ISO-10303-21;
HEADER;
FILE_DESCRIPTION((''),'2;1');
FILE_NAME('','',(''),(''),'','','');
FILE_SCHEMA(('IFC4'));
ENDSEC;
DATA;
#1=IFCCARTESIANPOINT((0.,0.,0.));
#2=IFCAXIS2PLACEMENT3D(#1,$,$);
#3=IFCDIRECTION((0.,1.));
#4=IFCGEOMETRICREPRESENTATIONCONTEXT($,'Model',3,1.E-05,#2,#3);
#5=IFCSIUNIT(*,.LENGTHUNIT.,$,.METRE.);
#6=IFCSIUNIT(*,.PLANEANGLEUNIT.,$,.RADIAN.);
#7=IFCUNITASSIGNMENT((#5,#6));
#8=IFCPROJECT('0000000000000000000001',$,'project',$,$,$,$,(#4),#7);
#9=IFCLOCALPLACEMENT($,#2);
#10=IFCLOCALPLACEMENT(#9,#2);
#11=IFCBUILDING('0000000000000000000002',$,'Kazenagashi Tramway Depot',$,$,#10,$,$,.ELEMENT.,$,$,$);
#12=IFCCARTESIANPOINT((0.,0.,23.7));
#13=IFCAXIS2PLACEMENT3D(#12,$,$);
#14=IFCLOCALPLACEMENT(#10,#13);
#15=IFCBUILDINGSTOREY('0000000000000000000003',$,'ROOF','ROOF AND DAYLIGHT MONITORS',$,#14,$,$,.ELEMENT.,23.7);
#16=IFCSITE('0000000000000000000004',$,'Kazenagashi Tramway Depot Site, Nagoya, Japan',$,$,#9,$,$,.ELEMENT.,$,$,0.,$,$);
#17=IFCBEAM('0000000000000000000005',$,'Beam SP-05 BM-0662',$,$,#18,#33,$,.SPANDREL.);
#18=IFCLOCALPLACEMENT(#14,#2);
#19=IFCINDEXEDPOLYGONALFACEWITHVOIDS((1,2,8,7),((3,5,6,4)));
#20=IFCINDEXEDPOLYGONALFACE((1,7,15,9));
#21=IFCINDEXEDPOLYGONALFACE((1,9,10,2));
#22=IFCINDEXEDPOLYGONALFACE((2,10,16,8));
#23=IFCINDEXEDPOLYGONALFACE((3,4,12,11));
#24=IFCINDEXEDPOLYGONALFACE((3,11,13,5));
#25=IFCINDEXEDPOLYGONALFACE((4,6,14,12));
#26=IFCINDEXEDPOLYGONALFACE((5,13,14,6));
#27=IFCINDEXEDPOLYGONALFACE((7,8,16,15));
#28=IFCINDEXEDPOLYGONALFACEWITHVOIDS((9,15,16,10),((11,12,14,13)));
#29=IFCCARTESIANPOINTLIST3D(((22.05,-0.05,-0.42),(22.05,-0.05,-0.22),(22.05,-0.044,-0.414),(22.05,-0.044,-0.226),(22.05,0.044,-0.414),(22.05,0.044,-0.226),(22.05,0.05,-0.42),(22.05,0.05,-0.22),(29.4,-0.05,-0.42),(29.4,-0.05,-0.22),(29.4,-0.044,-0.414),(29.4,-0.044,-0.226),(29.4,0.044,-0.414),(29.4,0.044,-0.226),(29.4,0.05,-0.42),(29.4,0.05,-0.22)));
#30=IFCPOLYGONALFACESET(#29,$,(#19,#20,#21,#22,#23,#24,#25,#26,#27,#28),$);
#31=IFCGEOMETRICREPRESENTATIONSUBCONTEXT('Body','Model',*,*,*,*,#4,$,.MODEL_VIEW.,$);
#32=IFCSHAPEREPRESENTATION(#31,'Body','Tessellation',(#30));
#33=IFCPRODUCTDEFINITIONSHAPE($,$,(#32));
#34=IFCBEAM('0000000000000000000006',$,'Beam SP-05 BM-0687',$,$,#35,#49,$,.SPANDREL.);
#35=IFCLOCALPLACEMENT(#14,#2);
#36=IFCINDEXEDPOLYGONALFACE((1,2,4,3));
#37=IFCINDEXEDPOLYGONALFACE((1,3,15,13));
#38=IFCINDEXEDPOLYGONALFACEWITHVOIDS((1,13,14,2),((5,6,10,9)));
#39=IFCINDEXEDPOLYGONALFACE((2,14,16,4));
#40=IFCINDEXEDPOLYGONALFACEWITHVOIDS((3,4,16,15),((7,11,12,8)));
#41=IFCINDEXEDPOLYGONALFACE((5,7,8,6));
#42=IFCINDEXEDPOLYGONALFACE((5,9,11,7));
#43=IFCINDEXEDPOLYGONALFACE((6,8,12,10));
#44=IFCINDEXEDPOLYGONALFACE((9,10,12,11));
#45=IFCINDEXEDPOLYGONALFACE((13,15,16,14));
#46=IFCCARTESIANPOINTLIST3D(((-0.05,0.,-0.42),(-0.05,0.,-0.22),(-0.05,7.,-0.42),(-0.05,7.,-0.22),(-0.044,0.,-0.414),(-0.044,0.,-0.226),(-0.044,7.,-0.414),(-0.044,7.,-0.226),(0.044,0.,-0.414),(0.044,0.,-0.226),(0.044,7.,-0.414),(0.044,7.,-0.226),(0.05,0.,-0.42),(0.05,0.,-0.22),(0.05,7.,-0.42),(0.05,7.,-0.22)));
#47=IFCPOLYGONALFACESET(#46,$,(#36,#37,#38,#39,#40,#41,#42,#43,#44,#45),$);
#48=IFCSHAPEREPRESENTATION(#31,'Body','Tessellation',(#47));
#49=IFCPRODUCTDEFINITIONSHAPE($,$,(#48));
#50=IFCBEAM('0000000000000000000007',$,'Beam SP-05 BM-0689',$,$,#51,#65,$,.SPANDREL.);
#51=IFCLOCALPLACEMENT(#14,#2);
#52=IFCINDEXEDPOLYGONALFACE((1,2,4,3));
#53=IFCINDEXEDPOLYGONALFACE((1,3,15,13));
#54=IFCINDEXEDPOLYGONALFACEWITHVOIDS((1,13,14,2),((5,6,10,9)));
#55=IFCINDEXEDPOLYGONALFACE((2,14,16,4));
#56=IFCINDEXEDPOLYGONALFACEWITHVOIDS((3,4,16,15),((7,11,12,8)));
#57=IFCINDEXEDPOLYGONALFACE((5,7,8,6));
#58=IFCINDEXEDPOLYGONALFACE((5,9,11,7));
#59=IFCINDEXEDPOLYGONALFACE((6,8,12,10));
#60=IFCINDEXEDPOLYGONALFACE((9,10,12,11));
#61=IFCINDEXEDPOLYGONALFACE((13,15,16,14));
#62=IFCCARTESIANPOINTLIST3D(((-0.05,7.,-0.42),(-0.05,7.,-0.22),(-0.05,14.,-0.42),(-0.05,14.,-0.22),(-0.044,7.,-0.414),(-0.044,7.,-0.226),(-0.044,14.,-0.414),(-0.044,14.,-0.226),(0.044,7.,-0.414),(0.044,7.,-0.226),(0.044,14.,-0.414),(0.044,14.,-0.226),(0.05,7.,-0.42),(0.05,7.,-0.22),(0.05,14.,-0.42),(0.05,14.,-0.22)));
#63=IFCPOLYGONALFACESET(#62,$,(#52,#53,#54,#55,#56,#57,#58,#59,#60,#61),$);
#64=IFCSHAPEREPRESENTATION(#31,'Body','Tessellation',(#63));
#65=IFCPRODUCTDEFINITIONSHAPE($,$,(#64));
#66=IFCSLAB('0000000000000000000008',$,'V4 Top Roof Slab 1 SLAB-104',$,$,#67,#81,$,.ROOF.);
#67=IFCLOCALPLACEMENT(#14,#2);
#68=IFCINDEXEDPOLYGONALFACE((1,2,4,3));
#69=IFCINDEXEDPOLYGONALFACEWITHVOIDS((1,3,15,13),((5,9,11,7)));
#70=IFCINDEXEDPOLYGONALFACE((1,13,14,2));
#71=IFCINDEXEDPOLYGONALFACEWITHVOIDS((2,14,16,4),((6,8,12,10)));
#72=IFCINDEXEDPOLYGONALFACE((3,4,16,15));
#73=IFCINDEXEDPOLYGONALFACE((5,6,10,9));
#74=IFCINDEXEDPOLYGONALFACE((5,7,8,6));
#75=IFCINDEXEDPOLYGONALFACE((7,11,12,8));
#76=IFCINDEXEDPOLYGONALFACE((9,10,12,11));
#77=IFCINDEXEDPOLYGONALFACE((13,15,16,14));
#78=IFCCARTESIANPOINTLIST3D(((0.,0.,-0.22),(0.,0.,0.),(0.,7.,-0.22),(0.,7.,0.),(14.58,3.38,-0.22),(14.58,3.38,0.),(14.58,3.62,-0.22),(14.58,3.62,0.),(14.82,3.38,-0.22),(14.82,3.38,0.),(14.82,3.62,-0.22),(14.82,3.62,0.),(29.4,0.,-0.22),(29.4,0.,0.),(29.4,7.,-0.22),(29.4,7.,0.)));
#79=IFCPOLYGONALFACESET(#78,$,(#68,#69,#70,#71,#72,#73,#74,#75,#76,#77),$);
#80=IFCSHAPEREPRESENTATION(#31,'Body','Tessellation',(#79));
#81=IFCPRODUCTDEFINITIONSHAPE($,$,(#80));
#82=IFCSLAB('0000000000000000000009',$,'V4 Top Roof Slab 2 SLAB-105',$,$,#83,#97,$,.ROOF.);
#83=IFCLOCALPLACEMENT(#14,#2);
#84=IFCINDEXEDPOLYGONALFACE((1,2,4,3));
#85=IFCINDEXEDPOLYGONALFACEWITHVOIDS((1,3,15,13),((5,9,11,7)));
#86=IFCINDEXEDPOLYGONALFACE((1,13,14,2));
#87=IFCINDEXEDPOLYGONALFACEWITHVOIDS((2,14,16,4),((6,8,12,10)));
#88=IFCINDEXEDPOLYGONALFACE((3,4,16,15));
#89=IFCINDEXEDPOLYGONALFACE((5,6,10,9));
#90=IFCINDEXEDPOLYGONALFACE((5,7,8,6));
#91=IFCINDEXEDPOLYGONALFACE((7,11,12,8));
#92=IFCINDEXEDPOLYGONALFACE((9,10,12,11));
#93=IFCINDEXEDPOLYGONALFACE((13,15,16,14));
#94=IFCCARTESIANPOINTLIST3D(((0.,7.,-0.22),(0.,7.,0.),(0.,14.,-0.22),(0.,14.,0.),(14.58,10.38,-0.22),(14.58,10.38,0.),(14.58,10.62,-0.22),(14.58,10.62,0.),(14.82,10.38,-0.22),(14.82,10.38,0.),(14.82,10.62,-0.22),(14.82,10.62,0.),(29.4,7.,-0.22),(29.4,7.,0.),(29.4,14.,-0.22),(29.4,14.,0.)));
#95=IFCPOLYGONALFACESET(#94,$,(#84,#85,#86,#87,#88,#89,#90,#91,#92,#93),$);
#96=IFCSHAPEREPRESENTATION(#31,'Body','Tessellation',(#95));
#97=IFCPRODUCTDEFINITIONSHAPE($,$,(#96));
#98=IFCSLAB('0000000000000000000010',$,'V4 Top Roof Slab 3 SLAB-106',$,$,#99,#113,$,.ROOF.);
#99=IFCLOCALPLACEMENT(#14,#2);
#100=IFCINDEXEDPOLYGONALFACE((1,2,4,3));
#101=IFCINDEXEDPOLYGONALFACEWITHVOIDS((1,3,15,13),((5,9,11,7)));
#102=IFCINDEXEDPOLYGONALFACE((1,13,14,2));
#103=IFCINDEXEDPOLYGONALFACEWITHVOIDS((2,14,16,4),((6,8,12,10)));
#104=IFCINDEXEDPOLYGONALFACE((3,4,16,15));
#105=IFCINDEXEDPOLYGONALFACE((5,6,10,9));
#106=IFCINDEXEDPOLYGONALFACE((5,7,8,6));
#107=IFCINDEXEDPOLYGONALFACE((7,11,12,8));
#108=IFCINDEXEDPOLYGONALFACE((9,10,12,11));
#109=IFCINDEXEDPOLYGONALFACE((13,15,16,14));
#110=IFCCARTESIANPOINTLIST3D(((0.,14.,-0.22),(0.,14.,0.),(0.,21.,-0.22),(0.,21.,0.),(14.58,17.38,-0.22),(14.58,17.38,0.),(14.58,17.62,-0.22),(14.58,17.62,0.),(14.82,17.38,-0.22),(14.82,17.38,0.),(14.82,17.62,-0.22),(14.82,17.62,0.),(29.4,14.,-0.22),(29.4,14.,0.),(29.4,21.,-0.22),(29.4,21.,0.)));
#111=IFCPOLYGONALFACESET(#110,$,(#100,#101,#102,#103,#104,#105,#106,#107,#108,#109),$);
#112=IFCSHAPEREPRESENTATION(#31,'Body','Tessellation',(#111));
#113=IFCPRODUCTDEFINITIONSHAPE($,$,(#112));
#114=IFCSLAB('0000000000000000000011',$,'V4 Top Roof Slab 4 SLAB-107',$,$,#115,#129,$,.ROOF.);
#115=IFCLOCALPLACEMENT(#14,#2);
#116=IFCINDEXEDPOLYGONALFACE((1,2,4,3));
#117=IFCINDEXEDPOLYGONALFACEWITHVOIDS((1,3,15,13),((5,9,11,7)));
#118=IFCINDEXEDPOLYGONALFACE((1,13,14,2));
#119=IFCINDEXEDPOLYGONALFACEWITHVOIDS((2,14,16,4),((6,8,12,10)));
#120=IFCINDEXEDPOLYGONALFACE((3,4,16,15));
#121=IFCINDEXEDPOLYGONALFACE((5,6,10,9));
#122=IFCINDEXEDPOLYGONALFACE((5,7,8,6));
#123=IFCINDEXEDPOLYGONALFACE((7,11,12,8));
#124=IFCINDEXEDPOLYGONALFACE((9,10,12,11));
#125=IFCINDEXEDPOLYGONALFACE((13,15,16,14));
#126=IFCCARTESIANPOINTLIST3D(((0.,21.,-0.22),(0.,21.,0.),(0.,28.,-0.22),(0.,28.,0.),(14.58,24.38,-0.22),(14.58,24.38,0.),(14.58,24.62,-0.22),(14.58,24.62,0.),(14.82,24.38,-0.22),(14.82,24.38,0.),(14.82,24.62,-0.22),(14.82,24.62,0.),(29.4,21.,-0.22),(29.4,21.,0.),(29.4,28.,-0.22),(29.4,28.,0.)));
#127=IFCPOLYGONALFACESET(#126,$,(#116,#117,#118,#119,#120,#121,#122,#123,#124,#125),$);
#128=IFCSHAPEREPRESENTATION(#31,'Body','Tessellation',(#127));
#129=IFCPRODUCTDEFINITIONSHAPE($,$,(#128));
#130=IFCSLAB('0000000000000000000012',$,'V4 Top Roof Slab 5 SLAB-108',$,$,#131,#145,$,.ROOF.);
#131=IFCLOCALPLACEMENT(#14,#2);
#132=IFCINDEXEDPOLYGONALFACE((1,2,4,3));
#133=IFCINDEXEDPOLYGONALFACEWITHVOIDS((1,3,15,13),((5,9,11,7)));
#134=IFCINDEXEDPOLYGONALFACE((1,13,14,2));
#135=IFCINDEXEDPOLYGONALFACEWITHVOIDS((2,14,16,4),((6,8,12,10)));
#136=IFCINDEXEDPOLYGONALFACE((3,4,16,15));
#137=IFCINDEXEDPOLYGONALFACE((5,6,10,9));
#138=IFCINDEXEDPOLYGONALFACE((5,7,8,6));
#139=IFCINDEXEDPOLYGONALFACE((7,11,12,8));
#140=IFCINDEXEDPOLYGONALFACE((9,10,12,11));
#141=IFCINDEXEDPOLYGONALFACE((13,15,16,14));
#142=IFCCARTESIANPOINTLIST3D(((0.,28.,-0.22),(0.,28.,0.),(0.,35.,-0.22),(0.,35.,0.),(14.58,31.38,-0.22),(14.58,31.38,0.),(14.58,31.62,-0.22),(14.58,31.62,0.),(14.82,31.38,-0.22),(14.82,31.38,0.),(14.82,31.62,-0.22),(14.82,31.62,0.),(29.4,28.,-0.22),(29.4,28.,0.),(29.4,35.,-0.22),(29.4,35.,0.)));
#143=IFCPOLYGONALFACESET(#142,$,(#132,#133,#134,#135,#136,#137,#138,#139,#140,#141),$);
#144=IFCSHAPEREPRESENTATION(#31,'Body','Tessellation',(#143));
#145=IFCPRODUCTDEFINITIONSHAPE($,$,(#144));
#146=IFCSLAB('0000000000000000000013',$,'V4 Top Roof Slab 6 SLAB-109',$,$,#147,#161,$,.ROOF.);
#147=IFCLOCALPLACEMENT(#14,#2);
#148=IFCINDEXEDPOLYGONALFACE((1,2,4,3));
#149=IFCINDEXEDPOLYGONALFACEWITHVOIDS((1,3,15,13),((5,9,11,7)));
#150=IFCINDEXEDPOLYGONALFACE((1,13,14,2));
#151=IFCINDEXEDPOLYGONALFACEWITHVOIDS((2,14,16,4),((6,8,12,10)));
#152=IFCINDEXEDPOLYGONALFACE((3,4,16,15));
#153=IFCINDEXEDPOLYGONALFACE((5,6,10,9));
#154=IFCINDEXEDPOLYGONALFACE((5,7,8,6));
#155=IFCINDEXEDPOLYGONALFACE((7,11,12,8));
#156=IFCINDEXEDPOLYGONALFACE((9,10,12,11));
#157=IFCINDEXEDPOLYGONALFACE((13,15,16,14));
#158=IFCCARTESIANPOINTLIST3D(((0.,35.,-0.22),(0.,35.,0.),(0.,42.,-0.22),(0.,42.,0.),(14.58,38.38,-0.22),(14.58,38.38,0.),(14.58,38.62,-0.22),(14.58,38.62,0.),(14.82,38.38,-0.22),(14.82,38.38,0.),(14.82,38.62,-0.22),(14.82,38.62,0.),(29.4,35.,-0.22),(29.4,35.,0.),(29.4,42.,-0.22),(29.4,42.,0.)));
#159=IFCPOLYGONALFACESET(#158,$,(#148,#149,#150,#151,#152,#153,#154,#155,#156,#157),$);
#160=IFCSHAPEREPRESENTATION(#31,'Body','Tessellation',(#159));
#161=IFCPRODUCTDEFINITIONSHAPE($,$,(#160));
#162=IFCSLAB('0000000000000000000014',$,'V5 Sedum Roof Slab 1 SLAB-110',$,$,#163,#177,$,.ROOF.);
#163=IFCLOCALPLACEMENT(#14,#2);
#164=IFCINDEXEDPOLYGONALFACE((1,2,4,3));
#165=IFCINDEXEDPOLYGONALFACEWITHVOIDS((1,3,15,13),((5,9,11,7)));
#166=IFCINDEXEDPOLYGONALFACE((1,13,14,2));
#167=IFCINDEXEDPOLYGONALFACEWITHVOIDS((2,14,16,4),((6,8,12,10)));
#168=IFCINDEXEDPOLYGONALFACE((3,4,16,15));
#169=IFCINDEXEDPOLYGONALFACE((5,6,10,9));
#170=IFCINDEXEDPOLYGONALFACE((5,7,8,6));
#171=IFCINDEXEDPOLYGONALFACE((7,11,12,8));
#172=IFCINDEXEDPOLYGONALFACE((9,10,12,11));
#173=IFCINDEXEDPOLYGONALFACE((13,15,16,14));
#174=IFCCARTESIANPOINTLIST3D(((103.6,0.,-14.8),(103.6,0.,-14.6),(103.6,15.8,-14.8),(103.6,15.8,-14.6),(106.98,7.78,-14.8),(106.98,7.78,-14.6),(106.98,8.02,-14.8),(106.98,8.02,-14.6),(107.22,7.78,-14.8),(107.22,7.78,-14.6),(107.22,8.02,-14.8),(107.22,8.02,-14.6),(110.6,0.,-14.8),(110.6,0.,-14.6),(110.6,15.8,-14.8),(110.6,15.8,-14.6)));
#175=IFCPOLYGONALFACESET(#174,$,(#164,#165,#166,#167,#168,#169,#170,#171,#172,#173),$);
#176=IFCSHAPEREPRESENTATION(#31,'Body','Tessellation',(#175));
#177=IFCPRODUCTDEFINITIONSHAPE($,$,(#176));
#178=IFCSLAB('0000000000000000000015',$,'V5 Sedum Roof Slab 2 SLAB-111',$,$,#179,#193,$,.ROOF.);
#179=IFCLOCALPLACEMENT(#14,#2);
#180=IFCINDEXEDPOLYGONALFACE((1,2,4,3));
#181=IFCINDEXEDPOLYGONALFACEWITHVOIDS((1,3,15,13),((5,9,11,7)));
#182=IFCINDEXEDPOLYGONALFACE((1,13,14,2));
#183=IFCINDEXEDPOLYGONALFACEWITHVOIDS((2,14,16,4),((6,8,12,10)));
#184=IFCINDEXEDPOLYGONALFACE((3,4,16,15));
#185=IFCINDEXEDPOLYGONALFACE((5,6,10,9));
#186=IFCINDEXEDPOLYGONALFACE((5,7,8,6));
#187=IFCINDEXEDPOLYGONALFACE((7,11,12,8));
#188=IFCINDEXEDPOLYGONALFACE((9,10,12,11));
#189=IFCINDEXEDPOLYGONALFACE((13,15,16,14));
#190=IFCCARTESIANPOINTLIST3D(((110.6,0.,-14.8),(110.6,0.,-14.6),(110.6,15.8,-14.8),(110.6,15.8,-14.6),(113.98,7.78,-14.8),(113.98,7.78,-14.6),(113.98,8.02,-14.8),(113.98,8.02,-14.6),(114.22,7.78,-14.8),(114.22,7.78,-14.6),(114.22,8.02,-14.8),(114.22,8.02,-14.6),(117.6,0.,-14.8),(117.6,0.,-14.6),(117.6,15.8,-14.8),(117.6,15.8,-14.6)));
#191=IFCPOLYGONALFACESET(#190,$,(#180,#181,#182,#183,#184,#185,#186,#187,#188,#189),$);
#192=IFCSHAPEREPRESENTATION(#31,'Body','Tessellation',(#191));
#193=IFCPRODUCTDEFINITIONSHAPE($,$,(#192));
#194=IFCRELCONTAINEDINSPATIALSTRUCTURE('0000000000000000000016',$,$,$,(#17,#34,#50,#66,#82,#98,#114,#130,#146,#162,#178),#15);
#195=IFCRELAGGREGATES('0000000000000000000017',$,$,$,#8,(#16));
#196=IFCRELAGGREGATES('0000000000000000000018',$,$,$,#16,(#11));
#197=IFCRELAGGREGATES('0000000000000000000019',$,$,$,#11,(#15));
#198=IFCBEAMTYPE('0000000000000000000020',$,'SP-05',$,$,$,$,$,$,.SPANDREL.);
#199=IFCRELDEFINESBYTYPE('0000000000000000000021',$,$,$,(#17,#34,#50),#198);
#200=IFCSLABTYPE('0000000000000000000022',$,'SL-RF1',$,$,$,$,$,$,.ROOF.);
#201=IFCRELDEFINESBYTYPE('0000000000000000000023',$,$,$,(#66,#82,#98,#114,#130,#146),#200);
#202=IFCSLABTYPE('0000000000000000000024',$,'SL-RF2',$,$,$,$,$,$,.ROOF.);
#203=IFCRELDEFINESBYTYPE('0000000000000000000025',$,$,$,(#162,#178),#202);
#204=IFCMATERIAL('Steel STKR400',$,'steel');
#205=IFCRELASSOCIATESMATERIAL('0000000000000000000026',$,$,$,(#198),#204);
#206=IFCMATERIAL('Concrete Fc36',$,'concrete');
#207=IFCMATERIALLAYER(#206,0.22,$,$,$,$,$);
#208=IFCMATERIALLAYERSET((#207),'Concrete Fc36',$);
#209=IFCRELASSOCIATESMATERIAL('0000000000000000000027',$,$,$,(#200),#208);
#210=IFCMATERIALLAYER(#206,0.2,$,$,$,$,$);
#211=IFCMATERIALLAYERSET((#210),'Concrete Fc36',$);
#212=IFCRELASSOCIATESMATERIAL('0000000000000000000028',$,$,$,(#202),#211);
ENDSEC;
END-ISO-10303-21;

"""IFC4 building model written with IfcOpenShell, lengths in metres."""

from ifc_helpers import new_model, si_unit, direction, frame, origin, origin_2d, place, context, subcontext, project, spatial, polyline, hollow_rectangle, outline, extrude, material, layer, layer_set, material_profile, profile_set, type_object, element, save


model = new_model("IFC4")

# Units and contexts
model_context = context("Model", 3, precision=1e-05, world=origin(), true_north=direction((0.0, 1.0)))
body_context = subcontext(model_context, "Body", "Model", "MODEL_VIEW")
ifc_project = project(units=[si_unit("LENGTHUNIT", "METRE"), si_unit("PLANEANGLEUNIT", "RADIAN")], contexts=[model_context])

# Site, building, storey
site_placement = place(None, origin())
site = spatial("IfcSite", under=ifc_project, at=site_placement, Name="Kazenagashi Tramway Depot Site, Nagoya, Japan", CompositionType="ELEMENT", RefElevation=0.0)
building_placement = place(site_placement, origin())
building = spatial("IfcBuilding", under=site, at=building_placement, Name="Kazenagashi Tramway Depot", CompositionType="ELEMENT")
storey_placement = place(building_placement, frame((0.0, 0.0, 23.7)))
storey = spatial("IfcBuildingStorey", under=building, at=storey_placement, Name="ROOF", Description="ROOF AND DAYLIGHT MONITORS", CompositionType="ELEMENT", Elevation=23.7)

# Beams
ifc_material_1 = material(Name="Steel STKR400", Category="steel")
ifc_material_profile_1 = material_profile(ifc_material_1, hollow_rectangle(XDim=0.1, YDim=0.2, WallThickness=0.006, at=origin_2d()), Name="RHS-200x100x6")
ifc_profile_set_1 = profile_set([ifc_material_profile_1], Name="Steel STKR400")
beam_type_1 = type_object("IfcBeamType", Name="SP-05", PredefinedType="SPANDREL", material=ifc_profile_set_1)
for number, where, z_axis, x_axis, name in (
    (1, (22.05, 0.0, -0.32), (1.0, 0.0, 0.0), (0.0, 1.0, 0.0), "Beam SP-05 BM-0662"),
):
    element("IfcBeam", number, at=place(storey_placement, frame(where, z_axis=z_axis, x_axis=x_axis)), inside=storey, type_object=beam_type_1, Name=name, PredefinedType="SPANDREL", context=body_context, shape_type="SweptSolid", body=[
        extrude(hollow_rectangle(XDim=0.1, YDim=0.2, WallThickness=0.006, at=origin_2d()), origin(), (0.0, 0.0, 1.0), 7.35),
    ])
for number, where, z_axis, x_axis, name in (
    (2, (0.0, 0.0, -0.32), (0.0, 1.0, 0.0), (-1.0, 0.0, 0.0), "Beam SP-05 BM-0687"),
    (3, (0.0, 7.0, -0.32), (0.0, 1.0, 0.0), (-1.0, 0.0, 0.0), "Beam SP-05 BM-0689"),
):
    element("IfcBeam", number, at=place(storey_placement, frame(where, z_axis=z_axis, x_axis=x_axis)), inside=storey, type_object=beam_type_1, Name=name, PredefinedType="SPANDREL", context=body_context, shape_type="SweptSolid", body=[
        extrude(hollow_rectangle(XDim=0.1, YDim=0.2, WallThickness=0.006, at=origin_2d()), origin(), (0.0, 0.0, 1.0), 7.0),
    ])

# Slabs
ifc_material_2 = material(Name="Concrete Fc36", Category="concrete")
ifc_layer_1 = layer(ifc_material_2, 0.22)
ifc_layer_set_1 = layer_set([ifc_layer_1], Name="Concrete Fc36")
slab_type_1 = type_object("IfcSlabType", Name="SL-RF1", PredefinedType="ROOF", material=ifc_layer_set_1)
slab_1_placement = place(storey_placement, frame((0.0, 0.0, -0.22)))
element("IfcSlab", 4, at=slab_1_placement, inside=storey, type_object=slab_type_1, Name="V4 Top Roof Slab 1 SLAB-104", PredefinedType="ROOF", context=body_context, shape_type="SweptSolid", body=[
    extrude(outline(polyline([(0.0, 0.0), (29.4, 0.0), (29.4, 7.0), (0.0, 7.0), (0.0, 0.0)]), holes=[polyline([(14.58, 3.38), (14.82, 3.38), (14.82, 3.62), (14.58, 3.62), (14.58, 3.38)])]), origin(), (0.0, 0.0, 1.0), 0.22),
])
slab_2_placement = place(storey_placement, frame((0.0, 0.0, -0.22)))
element("IfcSlab", 5, at=slab_2_placement, inside=storey, type_object=slab_type_1, Name="V4 Top Roof Slab 2 SLAB-105", PredefinedType="ROOF", context=body_context, shape_type="SweptSolid", body=[
    extrude(outline(polyline([(0.0, 7.0), (29.4, 7.0), (29.4, 14.0), (0.0, 14.0), (0.0, 7.0)]), holes=[polyline([(14.58, 10.38), (14.82, 10.38), (14.82, 10.62), (14.58, 10.62), (14.58, 10.38)])]), origin(), (0.0, 0.0, 1.0), 0.22),
])
slab_3_placement = place(storey_placement, frame((0.0, 0.0, -0.22)))
element("IfcSlab", 6, at=slab_3_placement, inside=storey, type_object=slab_type_1, Name="V4 Top Roof Slab 3 SLAB-106", PredefinedType="ROOF", context=body_context, shape_type="SweptSolid", body=[
    extrude(outline(polyline([(0.0, 14.0), (29.4, 14.0), (29.4, 21.0), (0.0, 21.0), (0.0, 14.0)]), holes=[polyline([(14.58, 17.38), (14.82, 17.38), (14.82, 17.62), (14.58, 17.62), (14.58, 17.38)])]), origin(), (0.0, 0.0, 1.0), 0.22),
])
slab_4_placement = place(storey_placement, frame((0.0, 0.0, -0.22)))
element("IfcSlab", 7, at=slab_4_placement, inside=storey, type_object=slab_type_1, Name="V4 Top Roof Slab 4 SLAB-107", PredefinedType="ROOF", context=body_context, shape_type="SweptSolid", body=[
    extrude(outline(polyline([(0.0, 21.0), (29.4, 21.0), (29.4, 28.0), (0.0, 28.0), (0.0, 21.0)]), holes=[polyline([(14.58, 24.38), (14.82, 24.38), (14.82, 24.62), (14.58, 24.62), (14.58, 24.38)])]), origin(), (0.0, 0.0, 1.0), 0.22),
])
slab_5_placement = place(storey_placement, frame((0.0, 0.0, -0.22)))
element("IfcSlab", 8, at=slab_5_placement, inside=storey, type_object=slab_type_1, Name="V4 Top Roof Slab 5 SLAB-108", PredefinedType="ROOF", context=body_context, shape_type="SweptSolid", body=[
    extrude(outline(polyline([(0.0, 28.0), (29.4, 28.0), (29.4, 35.0), (0.0, 35.0), (0.0, 28.0)]), holes=[polyline([(14.58, 31.38), (14.82, 31.38), (14.82, 31.62), (14.58, 31.62), (14.58, 31.38)])]), origin(), (0.0, 0.0, 1.0), 0.22),
])
slab_6_placement = place(storey_placement, frame((0.0, 0.0, -0.22)))
element("IfcSlab", 9, at=slab_6_placement, inside=storey, type_object=slab_type_1, Name="V4 Top Roof Slab 6 SLAB-109", PredefinedType="ROOF", context=body_context, shape_type="SweptSolid", body=[
    extrude(outline(polyline([(0.0, 35.0), (29.4, 35.0), (29.4, 42.0), (0.0, 42.0), (0.0, 35.0)]), holes=[polyline([(14.58, 38.38), (14.82, 38.38), (14.82, 38.62), (14.58, 38.62), (14.58, 38.38)])]), origin(), (0.0, 0.0, 1.0), 0.22),
])
ifc_layer_2 = layer(ifc_material_2, 0.2)
ifc_layer_set_2 = layer_set([ifc_layer_2], Name="Concrete Fc36")
slab_type_2 = type_object("IfcSlabType", Name="SL-RF2", PredefinedType="ROOF", material=ifc_layer_set_2)
slab_7_placement = place(storey_placement, frame((0.0, 0.0, -14.8)))
element("IfcSlab", 10, at=slab_7_placement, inside=storey, type_object=slab_type_2, Name="V5 Sedum Roof Slab 1 SLAB-110", PredefinedType="ROOF", context=body_context, shape_type="SweptSolid", body=[
    extrude(outline(polyline([(103.6, 0.0), (110.6, 0.0), (110.6, 15.8), (103.6, 15.8), (103.6, 0.0)]), holes=[polyline([(106.98, 7.78), (107.22, 7.78), (107.22, 8.02), (106.98, 8.02), (106.98, 7.78)])]), origin(), (0.0, 0.0, 1.0), 0.2),
])
slab_8_placement = place(storey_placement, frame((0.0, 0.0, -14.8)))
element("IfcSlab", 11, at=slab_8_placement, inside=storey, type_object=slab_type_2, Name="V5 Sedum Roof Slab 2 SLAB-111", PredefinedType="ROOF", context=body_context, shape_type="SweptSolid", body=[
    extrude(outline(polyline([(110.6, 0.0), (117.6, 0.0), (117.6, 15.8), (110.6, 15.8), (110.6, 0.0)]), holes=[polyline([(113.98, 7.78), (114.22, 7.78), (114.22, 8.02), (113.98, 8.02), (113.98, 7.78)])]), origin(), (0.0, 0.0, 1.0), 0.2),
])

save(model, "model.ifc")
